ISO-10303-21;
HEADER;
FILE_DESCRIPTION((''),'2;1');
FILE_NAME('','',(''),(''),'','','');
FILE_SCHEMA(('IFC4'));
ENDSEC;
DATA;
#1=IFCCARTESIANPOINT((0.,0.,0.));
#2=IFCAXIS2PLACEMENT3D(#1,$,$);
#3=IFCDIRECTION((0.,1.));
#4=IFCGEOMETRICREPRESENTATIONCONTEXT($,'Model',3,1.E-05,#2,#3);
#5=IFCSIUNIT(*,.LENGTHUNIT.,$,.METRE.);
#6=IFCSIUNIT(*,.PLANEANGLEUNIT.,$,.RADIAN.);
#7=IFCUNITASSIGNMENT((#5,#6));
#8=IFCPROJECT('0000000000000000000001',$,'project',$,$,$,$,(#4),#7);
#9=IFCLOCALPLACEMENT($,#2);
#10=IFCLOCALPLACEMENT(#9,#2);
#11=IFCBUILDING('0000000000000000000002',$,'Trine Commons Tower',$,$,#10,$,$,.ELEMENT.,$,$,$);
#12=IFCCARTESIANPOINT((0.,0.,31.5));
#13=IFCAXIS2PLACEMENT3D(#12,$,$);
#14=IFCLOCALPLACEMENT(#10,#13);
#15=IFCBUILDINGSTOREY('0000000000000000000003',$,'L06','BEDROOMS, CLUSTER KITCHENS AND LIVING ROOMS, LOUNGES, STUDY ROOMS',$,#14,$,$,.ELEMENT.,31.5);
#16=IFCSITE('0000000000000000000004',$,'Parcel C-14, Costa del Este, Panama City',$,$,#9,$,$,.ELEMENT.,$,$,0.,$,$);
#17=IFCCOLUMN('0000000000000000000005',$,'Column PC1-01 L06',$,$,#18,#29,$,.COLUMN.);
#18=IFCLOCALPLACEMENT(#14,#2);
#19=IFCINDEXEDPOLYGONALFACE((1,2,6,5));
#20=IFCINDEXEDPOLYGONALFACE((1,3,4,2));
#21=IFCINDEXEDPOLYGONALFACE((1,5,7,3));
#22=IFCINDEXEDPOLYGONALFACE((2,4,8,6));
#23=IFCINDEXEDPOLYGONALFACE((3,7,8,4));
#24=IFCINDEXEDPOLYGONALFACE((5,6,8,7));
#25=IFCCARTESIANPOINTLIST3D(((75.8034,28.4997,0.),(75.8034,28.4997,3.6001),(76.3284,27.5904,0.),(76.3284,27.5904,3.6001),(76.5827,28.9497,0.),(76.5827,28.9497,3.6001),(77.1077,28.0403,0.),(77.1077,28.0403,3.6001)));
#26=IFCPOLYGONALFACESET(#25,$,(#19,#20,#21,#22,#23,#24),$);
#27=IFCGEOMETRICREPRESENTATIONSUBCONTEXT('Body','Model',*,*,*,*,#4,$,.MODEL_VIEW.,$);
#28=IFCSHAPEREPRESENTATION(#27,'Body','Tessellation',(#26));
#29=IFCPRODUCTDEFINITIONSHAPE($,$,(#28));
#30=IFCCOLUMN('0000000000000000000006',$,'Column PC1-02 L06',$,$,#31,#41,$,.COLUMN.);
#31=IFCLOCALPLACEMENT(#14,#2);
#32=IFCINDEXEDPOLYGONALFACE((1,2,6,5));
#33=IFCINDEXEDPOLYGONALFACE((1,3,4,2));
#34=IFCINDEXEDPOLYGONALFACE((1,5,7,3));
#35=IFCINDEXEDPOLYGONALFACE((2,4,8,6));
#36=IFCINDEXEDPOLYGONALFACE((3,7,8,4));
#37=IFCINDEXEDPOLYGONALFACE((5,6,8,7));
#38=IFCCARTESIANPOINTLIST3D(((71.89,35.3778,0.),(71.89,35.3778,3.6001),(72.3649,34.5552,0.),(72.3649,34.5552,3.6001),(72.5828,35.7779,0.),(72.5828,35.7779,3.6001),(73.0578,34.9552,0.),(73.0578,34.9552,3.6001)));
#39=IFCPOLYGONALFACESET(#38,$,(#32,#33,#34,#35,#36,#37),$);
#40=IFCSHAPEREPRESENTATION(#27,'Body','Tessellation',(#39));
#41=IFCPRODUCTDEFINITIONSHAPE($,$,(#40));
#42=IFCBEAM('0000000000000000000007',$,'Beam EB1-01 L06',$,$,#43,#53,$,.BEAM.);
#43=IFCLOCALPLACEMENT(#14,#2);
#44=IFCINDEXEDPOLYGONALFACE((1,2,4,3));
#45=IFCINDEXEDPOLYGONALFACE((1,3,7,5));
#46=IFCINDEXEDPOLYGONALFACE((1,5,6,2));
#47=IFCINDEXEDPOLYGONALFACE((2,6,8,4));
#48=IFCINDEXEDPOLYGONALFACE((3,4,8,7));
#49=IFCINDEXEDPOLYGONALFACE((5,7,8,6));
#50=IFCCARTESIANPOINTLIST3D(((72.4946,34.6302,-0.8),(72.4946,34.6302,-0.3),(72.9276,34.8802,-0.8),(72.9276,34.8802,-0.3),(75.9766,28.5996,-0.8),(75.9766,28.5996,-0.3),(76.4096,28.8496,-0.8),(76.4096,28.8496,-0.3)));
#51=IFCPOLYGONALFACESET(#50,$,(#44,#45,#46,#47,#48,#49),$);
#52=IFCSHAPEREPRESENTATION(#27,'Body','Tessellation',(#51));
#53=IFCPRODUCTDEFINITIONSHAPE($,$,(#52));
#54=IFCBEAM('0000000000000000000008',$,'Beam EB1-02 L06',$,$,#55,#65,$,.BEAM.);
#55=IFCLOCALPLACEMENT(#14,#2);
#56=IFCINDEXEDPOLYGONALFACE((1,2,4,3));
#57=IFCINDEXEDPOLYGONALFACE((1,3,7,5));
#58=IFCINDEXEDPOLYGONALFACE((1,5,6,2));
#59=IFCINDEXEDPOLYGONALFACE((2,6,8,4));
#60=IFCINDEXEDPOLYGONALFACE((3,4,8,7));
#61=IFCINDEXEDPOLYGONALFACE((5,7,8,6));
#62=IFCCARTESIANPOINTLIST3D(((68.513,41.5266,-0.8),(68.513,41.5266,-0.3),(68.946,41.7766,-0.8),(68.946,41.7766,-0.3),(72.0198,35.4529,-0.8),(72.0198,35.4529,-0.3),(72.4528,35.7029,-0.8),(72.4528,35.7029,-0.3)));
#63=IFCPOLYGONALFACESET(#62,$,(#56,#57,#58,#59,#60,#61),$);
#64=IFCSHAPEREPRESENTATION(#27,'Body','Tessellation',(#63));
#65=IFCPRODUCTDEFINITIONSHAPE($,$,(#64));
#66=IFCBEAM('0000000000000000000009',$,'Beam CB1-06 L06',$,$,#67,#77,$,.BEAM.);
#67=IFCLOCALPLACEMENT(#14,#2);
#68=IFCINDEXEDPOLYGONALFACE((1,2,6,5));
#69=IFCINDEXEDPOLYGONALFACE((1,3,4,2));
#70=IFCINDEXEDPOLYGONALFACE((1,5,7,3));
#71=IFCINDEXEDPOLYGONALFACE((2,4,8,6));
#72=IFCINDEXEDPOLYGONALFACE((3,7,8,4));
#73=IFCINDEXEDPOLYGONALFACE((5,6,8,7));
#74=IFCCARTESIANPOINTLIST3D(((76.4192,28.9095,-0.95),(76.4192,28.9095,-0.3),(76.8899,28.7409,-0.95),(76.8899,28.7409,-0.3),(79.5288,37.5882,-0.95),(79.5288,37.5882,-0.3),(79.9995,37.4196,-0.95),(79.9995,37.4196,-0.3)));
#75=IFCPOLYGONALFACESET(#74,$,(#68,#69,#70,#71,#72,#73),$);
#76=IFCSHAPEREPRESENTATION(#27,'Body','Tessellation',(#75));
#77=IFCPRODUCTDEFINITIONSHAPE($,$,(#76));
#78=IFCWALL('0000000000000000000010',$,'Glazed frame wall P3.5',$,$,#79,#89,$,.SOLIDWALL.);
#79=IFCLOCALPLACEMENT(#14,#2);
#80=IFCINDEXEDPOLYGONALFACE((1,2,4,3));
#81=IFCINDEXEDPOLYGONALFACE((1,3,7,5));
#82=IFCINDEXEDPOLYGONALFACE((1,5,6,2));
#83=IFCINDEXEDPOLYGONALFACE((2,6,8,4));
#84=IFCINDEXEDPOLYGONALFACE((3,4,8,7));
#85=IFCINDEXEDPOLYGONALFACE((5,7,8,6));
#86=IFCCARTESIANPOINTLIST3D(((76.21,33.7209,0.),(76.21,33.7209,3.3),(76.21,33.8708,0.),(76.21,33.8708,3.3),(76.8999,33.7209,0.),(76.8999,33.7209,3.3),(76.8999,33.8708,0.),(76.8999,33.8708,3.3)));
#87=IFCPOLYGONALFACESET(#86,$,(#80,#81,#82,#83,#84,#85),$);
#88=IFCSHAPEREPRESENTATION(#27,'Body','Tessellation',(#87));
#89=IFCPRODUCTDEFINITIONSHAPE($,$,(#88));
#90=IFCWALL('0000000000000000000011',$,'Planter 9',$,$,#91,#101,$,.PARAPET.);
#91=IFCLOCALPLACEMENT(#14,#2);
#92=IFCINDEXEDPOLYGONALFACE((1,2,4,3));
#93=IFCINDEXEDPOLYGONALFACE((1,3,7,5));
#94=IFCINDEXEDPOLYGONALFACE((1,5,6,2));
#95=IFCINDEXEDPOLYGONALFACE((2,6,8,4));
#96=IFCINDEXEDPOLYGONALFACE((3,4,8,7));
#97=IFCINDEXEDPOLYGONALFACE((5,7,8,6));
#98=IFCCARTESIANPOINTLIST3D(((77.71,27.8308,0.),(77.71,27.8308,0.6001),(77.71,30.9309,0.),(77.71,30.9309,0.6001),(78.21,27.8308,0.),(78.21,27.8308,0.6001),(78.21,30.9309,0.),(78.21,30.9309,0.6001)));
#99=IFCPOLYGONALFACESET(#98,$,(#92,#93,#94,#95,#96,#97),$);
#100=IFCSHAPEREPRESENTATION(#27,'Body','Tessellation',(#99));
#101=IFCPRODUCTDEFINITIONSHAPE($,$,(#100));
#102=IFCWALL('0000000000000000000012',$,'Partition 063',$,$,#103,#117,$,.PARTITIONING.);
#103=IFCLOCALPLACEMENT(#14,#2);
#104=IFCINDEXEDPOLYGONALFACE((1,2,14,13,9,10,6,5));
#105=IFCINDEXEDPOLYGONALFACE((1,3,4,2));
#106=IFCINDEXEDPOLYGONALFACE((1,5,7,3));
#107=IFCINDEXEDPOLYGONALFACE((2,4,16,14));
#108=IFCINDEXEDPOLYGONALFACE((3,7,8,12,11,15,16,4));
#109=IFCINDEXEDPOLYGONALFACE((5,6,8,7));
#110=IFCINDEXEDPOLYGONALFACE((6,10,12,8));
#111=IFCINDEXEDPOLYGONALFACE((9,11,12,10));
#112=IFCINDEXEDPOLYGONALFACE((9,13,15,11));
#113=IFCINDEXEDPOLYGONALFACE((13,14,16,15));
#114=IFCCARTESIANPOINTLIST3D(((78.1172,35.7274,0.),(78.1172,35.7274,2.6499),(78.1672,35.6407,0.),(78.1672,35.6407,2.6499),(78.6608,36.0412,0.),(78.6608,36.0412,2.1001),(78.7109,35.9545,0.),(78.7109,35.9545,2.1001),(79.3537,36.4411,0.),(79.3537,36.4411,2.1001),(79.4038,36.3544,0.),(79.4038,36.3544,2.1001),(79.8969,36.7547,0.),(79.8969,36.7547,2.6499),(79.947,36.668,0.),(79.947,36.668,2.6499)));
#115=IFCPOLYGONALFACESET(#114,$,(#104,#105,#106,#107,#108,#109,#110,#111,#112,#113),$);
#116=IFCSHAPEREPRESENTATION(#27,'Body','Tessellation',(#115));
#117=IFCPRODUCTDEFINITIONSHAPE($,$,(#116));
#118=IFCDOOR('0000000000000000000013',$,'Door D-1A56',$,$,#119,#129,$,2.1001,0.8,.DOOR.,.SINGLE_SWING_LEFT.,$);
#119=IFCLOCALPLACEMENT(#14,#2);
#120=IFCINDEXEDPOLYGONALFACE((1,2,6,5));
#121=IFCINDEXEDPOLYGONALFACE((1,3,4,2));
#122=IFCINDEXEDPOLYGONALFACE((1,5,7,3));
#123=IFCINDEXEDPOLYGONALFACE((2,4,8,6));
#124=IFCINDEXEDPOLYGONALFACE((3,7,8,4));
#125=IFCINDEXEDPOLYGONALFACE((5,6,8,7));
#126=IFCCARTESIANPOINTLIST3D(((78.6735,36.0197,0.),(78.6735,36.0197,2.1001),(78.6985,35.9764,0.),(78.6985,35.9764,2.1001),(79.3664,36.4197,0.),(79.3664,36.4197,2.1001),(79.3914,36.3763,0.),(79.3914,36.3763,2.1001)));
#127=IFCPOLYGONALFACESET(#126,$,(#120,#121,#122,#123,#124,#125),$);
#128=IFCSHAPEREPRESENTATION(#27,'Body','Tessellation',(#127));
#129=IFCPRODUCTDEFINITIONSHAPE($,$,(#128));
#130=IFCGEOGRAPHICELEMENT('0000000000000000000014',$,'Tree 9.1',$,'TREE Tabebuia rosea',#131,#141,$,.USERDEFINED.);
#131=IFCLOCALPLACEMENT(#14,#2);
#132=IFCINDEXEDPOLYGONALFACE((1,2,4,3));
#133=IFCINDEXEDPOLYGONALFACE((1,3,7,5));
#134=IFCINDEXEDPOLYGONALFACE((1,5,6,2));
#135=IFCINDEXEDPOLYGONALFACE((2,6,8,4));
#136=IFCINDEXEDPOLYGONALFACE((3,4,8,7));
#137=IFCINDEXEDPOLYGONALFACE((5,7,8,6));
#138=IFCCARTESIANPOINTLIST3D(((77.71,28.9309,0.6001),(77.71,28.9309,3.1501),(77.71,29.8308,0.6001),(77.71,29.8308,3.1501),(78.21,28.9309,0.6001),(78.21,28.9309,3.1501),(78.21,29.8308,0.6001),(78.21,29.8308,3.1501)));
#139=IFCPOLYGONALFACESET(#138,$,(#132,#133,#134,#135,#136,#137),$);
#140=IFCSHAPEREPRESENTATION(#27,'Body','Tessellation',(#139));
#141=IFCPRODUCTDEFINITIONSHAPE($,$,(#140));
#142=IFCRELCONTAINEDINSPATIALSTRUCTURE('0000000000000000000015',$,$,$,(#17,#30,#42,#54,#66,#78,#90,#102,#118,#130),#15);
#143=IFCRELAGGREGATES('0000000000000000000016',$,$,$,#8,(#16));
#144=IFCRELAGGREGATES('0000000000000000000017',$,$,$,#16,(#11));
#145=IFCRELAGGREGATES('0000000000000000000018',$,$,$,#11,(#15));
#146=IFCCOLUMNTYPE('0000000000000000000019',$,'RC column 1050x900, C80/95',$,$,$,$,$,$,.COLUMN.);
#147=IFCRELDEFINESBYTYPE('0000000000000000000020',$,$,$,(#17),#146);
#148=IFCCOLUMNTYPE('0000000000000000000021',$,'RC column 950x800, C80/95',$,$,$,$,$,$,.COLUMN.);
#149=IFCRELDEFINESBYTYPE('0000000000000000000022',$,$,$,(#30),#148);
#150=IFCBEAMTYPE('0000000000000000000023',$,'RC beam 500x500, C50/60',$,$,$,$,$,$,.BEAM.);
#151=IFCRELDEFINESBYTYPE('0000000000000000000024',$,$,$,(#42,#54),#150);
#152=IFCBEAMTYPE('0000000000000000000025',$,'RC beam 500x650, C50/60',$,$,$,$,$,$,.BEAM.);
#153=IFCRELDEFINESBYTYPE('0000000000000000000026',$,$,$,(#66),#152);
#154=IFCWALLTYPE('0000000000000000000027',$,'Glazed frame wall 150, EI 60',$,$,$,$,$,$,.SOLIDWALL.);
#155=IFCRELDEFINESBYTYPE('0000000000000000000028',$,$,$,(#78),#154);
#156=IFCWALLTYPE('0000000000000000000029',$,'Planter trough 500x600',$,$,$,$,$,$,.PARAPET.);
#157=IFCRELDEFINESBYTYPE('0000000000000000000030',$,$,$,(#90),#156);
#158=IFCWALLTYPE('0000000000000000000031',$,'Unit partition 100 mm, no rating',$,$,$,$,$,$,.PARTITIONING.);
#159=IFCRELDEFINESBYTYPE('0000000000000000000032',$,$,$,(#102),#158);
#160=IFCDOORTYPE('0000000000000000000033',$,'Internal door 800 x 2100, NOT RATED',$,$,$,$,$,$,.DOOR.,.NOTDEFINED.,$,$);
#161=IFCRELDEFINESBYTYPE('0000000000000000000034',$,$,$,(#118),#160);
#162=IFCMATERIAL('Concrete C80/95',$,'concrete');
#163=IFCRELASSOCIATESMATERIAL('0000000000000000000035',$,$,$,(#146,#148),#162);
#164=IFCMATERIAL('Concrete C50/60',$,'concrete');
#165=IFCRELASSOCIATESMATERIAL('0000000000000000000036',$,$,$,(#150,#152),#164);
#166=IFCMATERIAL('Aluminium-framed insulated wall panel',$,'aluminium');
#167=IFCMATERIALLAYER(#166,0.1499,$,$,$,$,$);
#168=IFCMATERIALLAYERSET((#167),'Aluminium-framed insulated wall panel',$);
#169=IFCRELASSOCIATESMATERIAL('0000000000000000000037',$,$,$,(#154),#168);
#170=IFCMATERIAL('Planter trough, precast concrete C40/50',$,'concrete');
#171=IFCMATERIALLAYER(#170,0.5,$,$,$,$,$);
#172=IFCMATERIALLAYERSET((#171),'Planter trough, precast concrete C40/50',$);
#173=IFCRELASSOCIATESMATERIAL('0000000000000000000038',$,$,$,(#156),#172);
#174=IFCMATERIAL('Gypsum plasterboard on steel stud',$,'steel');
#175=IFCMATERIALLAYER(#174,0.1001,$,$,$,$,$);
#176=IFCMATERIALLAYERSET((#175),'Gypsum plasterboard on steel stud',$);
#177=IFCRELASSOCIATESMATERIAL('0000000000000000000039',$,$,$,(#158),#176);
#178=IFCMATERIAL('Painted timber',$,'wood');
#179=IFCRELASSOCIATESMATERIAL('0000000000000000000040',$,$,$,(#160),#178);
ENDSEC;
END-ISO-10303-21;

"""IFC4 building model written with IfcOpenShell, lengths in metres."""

from ifc_helpers import new_model, si_unit, direction, frame, frame_2d, origin, origin_2d, place, context, subcontext, project, spatial, polyline, rectangle, outline, extrude, material, layer, layer_set, material_profile, profile_set, type_object, element, fill, save


model = new_model("IFC4")

# Units and contexts
model_context = context("Model", 3, precision=1e-05, world=origin(), true_north=direction((0.0, 1.0)))
body_context = subcontext(model_context, "Body", "Model", "MODEL_VIEW")
ifc_project = project(units=[si_unit("LENGTHUNIT", "METRE"), si_unit("PLANEANGLEUNIT", "RADIAN")], contexts=[model_context])

# Site, building, storey
site_placement = place(None, origin())
site = spatial("IfcSite", under=ifc_project, at=site_placement, Name="Parcel C-14, Costa del Este, Panama City", CompositionType="ELEMENT", RefElevation=0.0)
building_placement = place(site_placement, origin())
building = spatial("IfcBuilding", under=site, at=building_placement, Name="Trine Commons Tower", CompositionType="ELEMENT")
storey_placement = place(building_placement, frame((0.0, 0.0, 31.5)))
storey = spatial("IfcBuildingStorey", under=building, at=storey_placement, Name="L06", Description="BEDROOMS, CLUSTER KITCHENS AND LIVING ROOMS, LOUNGES, STUDY ROOMS", CompositionType="ELEMENT", Elevation=31.5)

# Columns
ifc_material_1 = material(Name="Concrete C80/95", Category="concrete")
ifc_material_profile_1 = material_profile(ifc_material_1, rectangle(XDim=1.05, YDim=0.8999, at=origin_2d()), Name="RC 1050x900")
ifc_profile_set_1 = profile_set([ifc_material_profile_1], Name="Concrete C80/95")
column_type_1 = type_object("IfcColumnType", Name="RC column 1050x900, C80/95", PredefinedType="COLUMN", material=ifc_profile_set_1)
column_1_placement = place(storey_placement, frame((76.4556, 28.27, 0.0), z_axis=(0.0, 0.0, 1.0), x_axis=(-0.5, 0.866025, 0.0)))
element("IfcColumn", 1, at=column_1_placement, inside=storey, type_object=column_type_1, Name="Column PC1-01 L06", PredefinedType="COLUMN", context=body_context, shape_type="SweptSolid", body=[
    extrude(rectangle(XDim=1.05, YDim=0.8999, at=origin_2d()), origin(), (0.0, 0.0, 1.0), 3.6001),
])
ifc_material_profile_2 = material_profile(ifc_material_1, rectangle(XDim=0.95, YDim=0.8, at=origin_2d()), Name="RC 950x800")
ifc_profile_set_2 = profile_set([ifc_material_profile_2], Name="Concrete C80/95")
column_type_2 = type_object("IfcColumnType", Name="RC column 950x800, C80/95", PredefinedType="COLUMN", material=ifc_profile_set_2)
column_2_placement = place(storey_placement, frame((72.4739, 35.1665, 0.0), z_axis=(0.0, 0.0, 1.0), x_axis=(-0.5, 0.866025, 0.0)))
element("IfcColumn", 2, at=column_2_placement, inside=storey, type_object=column_type_2, Name="Column PC1-02 L06", PredefinedType="COLUMN", context=body_context, shape_type="SweptSolid", body=[
    extrude(rectangle(XDim=0.95, YDim=0.8, at=origin_2d()), origin(), (0.0, 0.0, 1.0), 3.6001),
])

# Beams
ifc_material_2 = material(Name="Concrete C50/60", Category="concrete")
ifc_material_profile_3 = material_profile(ifc_material_2, rectangle(XDim=0.5, YDim=0.5, at=origin_2d()), Name="RC 500x500")
ifc_profile_set_3 = profile_set([ifc_material_profile_3], Name="Concrete C50/60")
beam_type_1 = type_object("IfcBeamType", Name="RC beam 500x500, C50/60", PredefinedType="BEAM", material=ifc_profile_set_3)
beam_1_placement = place(storey_placement, frame((76.1931, 28.7246, -0.55), z_axis=(-0.500023, 0.866012, 0.0), x_axis=(-0.866012, -0.500023, 0.0)))
element("IfcBeam", 3, at=beam_1_placement, inside=storey, type_object=beam_type_1, Name="Beam EB1-01 L06", PredefinedType="BEAM", context=body_context, shape_type="SweptSolid", body=[
    extrude(rectangle(XDim=0.5, YDim=0.5, at=origin_2d()), origin(), (0.0, 0.0, 1.0), 6.9636),
])
beam_2_placement = place(storey_placement, frame((72.2363, 35.5779, -0.55), z_axis=(-0.500018, 0.866015, 0.0), x_axis=(-0.866015, -0.500018, 0.0)))
element("IfcBeam", 4, at=beam_2_placement, inside=storey, type_object=beam_type_1, Name="Beam EB1-02 L06", PredefinedType="BEAM", context=body_context, shape_type="SweptSolid", body=[
    extrude(rectangle(XDim=0.5, YDim=0.5, at=origin_2d()), origin(), (0.0, 0.0, 1.0), 7.0134),
])
ifc_material_profile_4 = material_profile(ifc_material_2, rectangle(XDim=0.5, YDim=0.6499, at=origin_2d()), Name="RC 500x650")
ifc_profile_set_4 = profile_set([ifc_material_profile_4], Name="Concrete C50/60")
beam_type_2 = type_object("IfcBeamType", Name="RC beam 500x650, C50/60", PredefinedType="BEAM", material=ifc_profile_set_4)
beam_3_placement = place(storey_placement, frame((76.6545, 28.8252, -0.625), z_axis=(0.337306, 0.941395, 0.0), x_axis=(-0.941395, 0.337306, 0.0)))
element("IfcBeam", 5, at=beam_3_placement, inside=storey, type_object=beam_type_2, Name="Beam CB1-06 L06", PredefinedType="BEAM", context=body_context, shape_type="SweptSolid", body=[
    extrude(rectangle(XDim=0.5, YDim=0.6499, at=origin_2d()), origin(), (0.0, 0.0, 1.0), 9.219),
])

# Wall
ifc_material_3 = material(Name="Aluminium-framed insulated wall panel", Category="aluminium")
ifc_layer_1 = layer(ifc_material_3, 0.1499)
ifc_layer_set_1 = layer_set([ifc_layer_1], Name="Aluminium-framed insulated wall panel")
wall_type_1 = type_object("IfcWallType", Name="Glazed frame wall 150, EI 60", PredefinedType="SOLIDWALL", material=ifc_layer_set_1)
wall_1_placement = place(storey_placement, frame((76.8999, 33.7959, 0.0), z_axis=(0.0, 0.0, 1.0), x_axis=(-1.0, 0.0, 0.0)))
element("IfcWall", 6, at=wall_1_placement, inside=storey, type_object=wall_type_1, Name="Glazed frame wall P3.5", PredefinedType="SOLIDWALL", context=body_context, shape_type="SweptSolid", body=[
    extrude(outline(polyline([(0.6899, 0.075), (0.0, 0.075), (0.0, -0.075), (0.6899, -0.075), (0.6899, 0.075)])), origin(), (0.0, 0.0, 1.0), 3.3),
])

# Wall
ifc_material_4 = material(Name="Planter trough, precast concrete C40/50", Category="concrete")
ifc_layer_2 = layer(ifc_material_4, 0.5)
ifc_layer_set_2 = layer_set([ifc_layer_2], Name="Planter trough, precast concrete C40/50")
wall_type_2 = type_object("IfcWallType", Name="Planter trough 500x600", PredefinedType="PARAPET", material=ifc_layer_set_2)
wall_2_placement = place(storey_placement, frame((77.96, 30.9309, 0.0), z_axis=(0.0, 0.0, 1.0), x_axis=(0.0, -1.0, 0.0)))
element("IfcWall", 7, at=wall_2_placement, inside=storey, type_object=wall_type_2, Name="Planter 9", PredefinedType="PARAPET", context=body_context, shape_type="SweptSolid", body=[
    extrude(rectangle(XDim=3.1001, YDim=0.5, at=frame_2d((1.55, 0.0))), origin(), (0.0, 0.0, 1.0), 0.6001),
])

# Wall, opening, door
ifc_material_5 = material(Name="Gypsum plasterboard on steel stud", Category="steel")
ifc_layer_3 = layer(ifc_material_5, 0.1001)
ifc_layer_set_3 = layer_set([ifc_layer_3], Name="Gypsum plasterboard on steel stud")
wall_type_3 = type_object("IfcWallType", Name="Unit partition 100 mm, no rating", PredefinedType="PARTITIONING", material=ifc_layer_set_3)
wall_3_placement = place(storey_placement, frame((78.1423, 35.6841, 0.0), z_axis=(0.0, 0.0, 1.0), x_axis=(0.866071, 0.499921, 0.0)))
wall_3 = element("IfcWall", 8, at=wall_3_placement, inside=storey, type_object=wall_type_3, Name="Partition 063", PredefinedType="PARTITIONING", context=body_context, shape_type="SweptSolid", body=[
    extrude(rectangle(XDim=2.0549, YDim=0.1001, at=frame_2d((1.0273, 0.0))), origin(), (0.0, 0.0, 1.0), 2.6499),
])
opening_1_placement = place(wall_3_placement, frame((0.6277, 0.0, 0.0)))
opening_1 = element("IfcOpeningElement", 9, at=opening_1_placement, cuts=wall_3, PredefinedType="OPENING", context=body_context, shape_type="SweptSolid", body=[
    extrude(rectangle(XDim=0.8, YDim=2.1001, at=frame_2d((0.3999, 1.05))), frame((0.0, 0.0601, 0.0), z_axis=(0.0, -1.0, 0.0), x_axis=(1.0, 0.0, 0.0)), (0.0, 0.0, 1.0), 0.1201),
])
ifc_material_6 = material(Name="Painted timber", Category="wood")
door_type_1 = type_object("IfcDoorType", Name="Internal door 800 x 2100, NOT RATED", OperationType="NOTDEFINED", PredefinedType="DOOR", material=ifc_material_6)
door_1_placement = place(opening_1_placement, frame((0.8, 0.0, 0.0), z_axis=(0.0, 0.0, 1.0), x_axis=(-1.0, 0.0, 0.0)))
door_1 = element("IfcDoor", 10, at=door_1_placement, inside=storey, type_object=door_type_1, Name="Door D-1A56", OperationType="SINGLE_SWING_LEFT", OverallHeight=2.1001, OverallWidth=0.8, PredefinedType="DOOR", context=body_context, shape_type="SweptSolid", body=[
    extrude(rectangle(XDim=0.8, YDim=2.1001, at=frame_2d((0.3999, 1.05))), frame((0.0, 0.0249, 0.0), z_axis=(0.0, -1.0, 0.0), x_axis=(1.0, 0.0, 0.0)), (0.0, 0.0, 1.0), 0.05),
])
fill(opening_1, door_1)

# Geographic element
geographic_element_placement = place(storey_placement, frame((77.96, 29.3809, 0.6001), z_axis=(0.0, 0.0, 1.0), x_axis=(0.0, -1.0, 0.0)))
element("IfcGeographicElement", 11, at=geographic_element_placement, inside=storey, Name="Tree 9.1", ObjectType="TREE Tabebuia rosea", PredefinedType="USERDEFINED", context=body_context, shape_type="SweptSolid", body=[
    extrude(rectangle(XDim=0.8999, YDim=0.5, at=origin_2d()), origin(), (0.0, 0.0, 1.0), 2.55),
])

save(model, "model.ifc")
